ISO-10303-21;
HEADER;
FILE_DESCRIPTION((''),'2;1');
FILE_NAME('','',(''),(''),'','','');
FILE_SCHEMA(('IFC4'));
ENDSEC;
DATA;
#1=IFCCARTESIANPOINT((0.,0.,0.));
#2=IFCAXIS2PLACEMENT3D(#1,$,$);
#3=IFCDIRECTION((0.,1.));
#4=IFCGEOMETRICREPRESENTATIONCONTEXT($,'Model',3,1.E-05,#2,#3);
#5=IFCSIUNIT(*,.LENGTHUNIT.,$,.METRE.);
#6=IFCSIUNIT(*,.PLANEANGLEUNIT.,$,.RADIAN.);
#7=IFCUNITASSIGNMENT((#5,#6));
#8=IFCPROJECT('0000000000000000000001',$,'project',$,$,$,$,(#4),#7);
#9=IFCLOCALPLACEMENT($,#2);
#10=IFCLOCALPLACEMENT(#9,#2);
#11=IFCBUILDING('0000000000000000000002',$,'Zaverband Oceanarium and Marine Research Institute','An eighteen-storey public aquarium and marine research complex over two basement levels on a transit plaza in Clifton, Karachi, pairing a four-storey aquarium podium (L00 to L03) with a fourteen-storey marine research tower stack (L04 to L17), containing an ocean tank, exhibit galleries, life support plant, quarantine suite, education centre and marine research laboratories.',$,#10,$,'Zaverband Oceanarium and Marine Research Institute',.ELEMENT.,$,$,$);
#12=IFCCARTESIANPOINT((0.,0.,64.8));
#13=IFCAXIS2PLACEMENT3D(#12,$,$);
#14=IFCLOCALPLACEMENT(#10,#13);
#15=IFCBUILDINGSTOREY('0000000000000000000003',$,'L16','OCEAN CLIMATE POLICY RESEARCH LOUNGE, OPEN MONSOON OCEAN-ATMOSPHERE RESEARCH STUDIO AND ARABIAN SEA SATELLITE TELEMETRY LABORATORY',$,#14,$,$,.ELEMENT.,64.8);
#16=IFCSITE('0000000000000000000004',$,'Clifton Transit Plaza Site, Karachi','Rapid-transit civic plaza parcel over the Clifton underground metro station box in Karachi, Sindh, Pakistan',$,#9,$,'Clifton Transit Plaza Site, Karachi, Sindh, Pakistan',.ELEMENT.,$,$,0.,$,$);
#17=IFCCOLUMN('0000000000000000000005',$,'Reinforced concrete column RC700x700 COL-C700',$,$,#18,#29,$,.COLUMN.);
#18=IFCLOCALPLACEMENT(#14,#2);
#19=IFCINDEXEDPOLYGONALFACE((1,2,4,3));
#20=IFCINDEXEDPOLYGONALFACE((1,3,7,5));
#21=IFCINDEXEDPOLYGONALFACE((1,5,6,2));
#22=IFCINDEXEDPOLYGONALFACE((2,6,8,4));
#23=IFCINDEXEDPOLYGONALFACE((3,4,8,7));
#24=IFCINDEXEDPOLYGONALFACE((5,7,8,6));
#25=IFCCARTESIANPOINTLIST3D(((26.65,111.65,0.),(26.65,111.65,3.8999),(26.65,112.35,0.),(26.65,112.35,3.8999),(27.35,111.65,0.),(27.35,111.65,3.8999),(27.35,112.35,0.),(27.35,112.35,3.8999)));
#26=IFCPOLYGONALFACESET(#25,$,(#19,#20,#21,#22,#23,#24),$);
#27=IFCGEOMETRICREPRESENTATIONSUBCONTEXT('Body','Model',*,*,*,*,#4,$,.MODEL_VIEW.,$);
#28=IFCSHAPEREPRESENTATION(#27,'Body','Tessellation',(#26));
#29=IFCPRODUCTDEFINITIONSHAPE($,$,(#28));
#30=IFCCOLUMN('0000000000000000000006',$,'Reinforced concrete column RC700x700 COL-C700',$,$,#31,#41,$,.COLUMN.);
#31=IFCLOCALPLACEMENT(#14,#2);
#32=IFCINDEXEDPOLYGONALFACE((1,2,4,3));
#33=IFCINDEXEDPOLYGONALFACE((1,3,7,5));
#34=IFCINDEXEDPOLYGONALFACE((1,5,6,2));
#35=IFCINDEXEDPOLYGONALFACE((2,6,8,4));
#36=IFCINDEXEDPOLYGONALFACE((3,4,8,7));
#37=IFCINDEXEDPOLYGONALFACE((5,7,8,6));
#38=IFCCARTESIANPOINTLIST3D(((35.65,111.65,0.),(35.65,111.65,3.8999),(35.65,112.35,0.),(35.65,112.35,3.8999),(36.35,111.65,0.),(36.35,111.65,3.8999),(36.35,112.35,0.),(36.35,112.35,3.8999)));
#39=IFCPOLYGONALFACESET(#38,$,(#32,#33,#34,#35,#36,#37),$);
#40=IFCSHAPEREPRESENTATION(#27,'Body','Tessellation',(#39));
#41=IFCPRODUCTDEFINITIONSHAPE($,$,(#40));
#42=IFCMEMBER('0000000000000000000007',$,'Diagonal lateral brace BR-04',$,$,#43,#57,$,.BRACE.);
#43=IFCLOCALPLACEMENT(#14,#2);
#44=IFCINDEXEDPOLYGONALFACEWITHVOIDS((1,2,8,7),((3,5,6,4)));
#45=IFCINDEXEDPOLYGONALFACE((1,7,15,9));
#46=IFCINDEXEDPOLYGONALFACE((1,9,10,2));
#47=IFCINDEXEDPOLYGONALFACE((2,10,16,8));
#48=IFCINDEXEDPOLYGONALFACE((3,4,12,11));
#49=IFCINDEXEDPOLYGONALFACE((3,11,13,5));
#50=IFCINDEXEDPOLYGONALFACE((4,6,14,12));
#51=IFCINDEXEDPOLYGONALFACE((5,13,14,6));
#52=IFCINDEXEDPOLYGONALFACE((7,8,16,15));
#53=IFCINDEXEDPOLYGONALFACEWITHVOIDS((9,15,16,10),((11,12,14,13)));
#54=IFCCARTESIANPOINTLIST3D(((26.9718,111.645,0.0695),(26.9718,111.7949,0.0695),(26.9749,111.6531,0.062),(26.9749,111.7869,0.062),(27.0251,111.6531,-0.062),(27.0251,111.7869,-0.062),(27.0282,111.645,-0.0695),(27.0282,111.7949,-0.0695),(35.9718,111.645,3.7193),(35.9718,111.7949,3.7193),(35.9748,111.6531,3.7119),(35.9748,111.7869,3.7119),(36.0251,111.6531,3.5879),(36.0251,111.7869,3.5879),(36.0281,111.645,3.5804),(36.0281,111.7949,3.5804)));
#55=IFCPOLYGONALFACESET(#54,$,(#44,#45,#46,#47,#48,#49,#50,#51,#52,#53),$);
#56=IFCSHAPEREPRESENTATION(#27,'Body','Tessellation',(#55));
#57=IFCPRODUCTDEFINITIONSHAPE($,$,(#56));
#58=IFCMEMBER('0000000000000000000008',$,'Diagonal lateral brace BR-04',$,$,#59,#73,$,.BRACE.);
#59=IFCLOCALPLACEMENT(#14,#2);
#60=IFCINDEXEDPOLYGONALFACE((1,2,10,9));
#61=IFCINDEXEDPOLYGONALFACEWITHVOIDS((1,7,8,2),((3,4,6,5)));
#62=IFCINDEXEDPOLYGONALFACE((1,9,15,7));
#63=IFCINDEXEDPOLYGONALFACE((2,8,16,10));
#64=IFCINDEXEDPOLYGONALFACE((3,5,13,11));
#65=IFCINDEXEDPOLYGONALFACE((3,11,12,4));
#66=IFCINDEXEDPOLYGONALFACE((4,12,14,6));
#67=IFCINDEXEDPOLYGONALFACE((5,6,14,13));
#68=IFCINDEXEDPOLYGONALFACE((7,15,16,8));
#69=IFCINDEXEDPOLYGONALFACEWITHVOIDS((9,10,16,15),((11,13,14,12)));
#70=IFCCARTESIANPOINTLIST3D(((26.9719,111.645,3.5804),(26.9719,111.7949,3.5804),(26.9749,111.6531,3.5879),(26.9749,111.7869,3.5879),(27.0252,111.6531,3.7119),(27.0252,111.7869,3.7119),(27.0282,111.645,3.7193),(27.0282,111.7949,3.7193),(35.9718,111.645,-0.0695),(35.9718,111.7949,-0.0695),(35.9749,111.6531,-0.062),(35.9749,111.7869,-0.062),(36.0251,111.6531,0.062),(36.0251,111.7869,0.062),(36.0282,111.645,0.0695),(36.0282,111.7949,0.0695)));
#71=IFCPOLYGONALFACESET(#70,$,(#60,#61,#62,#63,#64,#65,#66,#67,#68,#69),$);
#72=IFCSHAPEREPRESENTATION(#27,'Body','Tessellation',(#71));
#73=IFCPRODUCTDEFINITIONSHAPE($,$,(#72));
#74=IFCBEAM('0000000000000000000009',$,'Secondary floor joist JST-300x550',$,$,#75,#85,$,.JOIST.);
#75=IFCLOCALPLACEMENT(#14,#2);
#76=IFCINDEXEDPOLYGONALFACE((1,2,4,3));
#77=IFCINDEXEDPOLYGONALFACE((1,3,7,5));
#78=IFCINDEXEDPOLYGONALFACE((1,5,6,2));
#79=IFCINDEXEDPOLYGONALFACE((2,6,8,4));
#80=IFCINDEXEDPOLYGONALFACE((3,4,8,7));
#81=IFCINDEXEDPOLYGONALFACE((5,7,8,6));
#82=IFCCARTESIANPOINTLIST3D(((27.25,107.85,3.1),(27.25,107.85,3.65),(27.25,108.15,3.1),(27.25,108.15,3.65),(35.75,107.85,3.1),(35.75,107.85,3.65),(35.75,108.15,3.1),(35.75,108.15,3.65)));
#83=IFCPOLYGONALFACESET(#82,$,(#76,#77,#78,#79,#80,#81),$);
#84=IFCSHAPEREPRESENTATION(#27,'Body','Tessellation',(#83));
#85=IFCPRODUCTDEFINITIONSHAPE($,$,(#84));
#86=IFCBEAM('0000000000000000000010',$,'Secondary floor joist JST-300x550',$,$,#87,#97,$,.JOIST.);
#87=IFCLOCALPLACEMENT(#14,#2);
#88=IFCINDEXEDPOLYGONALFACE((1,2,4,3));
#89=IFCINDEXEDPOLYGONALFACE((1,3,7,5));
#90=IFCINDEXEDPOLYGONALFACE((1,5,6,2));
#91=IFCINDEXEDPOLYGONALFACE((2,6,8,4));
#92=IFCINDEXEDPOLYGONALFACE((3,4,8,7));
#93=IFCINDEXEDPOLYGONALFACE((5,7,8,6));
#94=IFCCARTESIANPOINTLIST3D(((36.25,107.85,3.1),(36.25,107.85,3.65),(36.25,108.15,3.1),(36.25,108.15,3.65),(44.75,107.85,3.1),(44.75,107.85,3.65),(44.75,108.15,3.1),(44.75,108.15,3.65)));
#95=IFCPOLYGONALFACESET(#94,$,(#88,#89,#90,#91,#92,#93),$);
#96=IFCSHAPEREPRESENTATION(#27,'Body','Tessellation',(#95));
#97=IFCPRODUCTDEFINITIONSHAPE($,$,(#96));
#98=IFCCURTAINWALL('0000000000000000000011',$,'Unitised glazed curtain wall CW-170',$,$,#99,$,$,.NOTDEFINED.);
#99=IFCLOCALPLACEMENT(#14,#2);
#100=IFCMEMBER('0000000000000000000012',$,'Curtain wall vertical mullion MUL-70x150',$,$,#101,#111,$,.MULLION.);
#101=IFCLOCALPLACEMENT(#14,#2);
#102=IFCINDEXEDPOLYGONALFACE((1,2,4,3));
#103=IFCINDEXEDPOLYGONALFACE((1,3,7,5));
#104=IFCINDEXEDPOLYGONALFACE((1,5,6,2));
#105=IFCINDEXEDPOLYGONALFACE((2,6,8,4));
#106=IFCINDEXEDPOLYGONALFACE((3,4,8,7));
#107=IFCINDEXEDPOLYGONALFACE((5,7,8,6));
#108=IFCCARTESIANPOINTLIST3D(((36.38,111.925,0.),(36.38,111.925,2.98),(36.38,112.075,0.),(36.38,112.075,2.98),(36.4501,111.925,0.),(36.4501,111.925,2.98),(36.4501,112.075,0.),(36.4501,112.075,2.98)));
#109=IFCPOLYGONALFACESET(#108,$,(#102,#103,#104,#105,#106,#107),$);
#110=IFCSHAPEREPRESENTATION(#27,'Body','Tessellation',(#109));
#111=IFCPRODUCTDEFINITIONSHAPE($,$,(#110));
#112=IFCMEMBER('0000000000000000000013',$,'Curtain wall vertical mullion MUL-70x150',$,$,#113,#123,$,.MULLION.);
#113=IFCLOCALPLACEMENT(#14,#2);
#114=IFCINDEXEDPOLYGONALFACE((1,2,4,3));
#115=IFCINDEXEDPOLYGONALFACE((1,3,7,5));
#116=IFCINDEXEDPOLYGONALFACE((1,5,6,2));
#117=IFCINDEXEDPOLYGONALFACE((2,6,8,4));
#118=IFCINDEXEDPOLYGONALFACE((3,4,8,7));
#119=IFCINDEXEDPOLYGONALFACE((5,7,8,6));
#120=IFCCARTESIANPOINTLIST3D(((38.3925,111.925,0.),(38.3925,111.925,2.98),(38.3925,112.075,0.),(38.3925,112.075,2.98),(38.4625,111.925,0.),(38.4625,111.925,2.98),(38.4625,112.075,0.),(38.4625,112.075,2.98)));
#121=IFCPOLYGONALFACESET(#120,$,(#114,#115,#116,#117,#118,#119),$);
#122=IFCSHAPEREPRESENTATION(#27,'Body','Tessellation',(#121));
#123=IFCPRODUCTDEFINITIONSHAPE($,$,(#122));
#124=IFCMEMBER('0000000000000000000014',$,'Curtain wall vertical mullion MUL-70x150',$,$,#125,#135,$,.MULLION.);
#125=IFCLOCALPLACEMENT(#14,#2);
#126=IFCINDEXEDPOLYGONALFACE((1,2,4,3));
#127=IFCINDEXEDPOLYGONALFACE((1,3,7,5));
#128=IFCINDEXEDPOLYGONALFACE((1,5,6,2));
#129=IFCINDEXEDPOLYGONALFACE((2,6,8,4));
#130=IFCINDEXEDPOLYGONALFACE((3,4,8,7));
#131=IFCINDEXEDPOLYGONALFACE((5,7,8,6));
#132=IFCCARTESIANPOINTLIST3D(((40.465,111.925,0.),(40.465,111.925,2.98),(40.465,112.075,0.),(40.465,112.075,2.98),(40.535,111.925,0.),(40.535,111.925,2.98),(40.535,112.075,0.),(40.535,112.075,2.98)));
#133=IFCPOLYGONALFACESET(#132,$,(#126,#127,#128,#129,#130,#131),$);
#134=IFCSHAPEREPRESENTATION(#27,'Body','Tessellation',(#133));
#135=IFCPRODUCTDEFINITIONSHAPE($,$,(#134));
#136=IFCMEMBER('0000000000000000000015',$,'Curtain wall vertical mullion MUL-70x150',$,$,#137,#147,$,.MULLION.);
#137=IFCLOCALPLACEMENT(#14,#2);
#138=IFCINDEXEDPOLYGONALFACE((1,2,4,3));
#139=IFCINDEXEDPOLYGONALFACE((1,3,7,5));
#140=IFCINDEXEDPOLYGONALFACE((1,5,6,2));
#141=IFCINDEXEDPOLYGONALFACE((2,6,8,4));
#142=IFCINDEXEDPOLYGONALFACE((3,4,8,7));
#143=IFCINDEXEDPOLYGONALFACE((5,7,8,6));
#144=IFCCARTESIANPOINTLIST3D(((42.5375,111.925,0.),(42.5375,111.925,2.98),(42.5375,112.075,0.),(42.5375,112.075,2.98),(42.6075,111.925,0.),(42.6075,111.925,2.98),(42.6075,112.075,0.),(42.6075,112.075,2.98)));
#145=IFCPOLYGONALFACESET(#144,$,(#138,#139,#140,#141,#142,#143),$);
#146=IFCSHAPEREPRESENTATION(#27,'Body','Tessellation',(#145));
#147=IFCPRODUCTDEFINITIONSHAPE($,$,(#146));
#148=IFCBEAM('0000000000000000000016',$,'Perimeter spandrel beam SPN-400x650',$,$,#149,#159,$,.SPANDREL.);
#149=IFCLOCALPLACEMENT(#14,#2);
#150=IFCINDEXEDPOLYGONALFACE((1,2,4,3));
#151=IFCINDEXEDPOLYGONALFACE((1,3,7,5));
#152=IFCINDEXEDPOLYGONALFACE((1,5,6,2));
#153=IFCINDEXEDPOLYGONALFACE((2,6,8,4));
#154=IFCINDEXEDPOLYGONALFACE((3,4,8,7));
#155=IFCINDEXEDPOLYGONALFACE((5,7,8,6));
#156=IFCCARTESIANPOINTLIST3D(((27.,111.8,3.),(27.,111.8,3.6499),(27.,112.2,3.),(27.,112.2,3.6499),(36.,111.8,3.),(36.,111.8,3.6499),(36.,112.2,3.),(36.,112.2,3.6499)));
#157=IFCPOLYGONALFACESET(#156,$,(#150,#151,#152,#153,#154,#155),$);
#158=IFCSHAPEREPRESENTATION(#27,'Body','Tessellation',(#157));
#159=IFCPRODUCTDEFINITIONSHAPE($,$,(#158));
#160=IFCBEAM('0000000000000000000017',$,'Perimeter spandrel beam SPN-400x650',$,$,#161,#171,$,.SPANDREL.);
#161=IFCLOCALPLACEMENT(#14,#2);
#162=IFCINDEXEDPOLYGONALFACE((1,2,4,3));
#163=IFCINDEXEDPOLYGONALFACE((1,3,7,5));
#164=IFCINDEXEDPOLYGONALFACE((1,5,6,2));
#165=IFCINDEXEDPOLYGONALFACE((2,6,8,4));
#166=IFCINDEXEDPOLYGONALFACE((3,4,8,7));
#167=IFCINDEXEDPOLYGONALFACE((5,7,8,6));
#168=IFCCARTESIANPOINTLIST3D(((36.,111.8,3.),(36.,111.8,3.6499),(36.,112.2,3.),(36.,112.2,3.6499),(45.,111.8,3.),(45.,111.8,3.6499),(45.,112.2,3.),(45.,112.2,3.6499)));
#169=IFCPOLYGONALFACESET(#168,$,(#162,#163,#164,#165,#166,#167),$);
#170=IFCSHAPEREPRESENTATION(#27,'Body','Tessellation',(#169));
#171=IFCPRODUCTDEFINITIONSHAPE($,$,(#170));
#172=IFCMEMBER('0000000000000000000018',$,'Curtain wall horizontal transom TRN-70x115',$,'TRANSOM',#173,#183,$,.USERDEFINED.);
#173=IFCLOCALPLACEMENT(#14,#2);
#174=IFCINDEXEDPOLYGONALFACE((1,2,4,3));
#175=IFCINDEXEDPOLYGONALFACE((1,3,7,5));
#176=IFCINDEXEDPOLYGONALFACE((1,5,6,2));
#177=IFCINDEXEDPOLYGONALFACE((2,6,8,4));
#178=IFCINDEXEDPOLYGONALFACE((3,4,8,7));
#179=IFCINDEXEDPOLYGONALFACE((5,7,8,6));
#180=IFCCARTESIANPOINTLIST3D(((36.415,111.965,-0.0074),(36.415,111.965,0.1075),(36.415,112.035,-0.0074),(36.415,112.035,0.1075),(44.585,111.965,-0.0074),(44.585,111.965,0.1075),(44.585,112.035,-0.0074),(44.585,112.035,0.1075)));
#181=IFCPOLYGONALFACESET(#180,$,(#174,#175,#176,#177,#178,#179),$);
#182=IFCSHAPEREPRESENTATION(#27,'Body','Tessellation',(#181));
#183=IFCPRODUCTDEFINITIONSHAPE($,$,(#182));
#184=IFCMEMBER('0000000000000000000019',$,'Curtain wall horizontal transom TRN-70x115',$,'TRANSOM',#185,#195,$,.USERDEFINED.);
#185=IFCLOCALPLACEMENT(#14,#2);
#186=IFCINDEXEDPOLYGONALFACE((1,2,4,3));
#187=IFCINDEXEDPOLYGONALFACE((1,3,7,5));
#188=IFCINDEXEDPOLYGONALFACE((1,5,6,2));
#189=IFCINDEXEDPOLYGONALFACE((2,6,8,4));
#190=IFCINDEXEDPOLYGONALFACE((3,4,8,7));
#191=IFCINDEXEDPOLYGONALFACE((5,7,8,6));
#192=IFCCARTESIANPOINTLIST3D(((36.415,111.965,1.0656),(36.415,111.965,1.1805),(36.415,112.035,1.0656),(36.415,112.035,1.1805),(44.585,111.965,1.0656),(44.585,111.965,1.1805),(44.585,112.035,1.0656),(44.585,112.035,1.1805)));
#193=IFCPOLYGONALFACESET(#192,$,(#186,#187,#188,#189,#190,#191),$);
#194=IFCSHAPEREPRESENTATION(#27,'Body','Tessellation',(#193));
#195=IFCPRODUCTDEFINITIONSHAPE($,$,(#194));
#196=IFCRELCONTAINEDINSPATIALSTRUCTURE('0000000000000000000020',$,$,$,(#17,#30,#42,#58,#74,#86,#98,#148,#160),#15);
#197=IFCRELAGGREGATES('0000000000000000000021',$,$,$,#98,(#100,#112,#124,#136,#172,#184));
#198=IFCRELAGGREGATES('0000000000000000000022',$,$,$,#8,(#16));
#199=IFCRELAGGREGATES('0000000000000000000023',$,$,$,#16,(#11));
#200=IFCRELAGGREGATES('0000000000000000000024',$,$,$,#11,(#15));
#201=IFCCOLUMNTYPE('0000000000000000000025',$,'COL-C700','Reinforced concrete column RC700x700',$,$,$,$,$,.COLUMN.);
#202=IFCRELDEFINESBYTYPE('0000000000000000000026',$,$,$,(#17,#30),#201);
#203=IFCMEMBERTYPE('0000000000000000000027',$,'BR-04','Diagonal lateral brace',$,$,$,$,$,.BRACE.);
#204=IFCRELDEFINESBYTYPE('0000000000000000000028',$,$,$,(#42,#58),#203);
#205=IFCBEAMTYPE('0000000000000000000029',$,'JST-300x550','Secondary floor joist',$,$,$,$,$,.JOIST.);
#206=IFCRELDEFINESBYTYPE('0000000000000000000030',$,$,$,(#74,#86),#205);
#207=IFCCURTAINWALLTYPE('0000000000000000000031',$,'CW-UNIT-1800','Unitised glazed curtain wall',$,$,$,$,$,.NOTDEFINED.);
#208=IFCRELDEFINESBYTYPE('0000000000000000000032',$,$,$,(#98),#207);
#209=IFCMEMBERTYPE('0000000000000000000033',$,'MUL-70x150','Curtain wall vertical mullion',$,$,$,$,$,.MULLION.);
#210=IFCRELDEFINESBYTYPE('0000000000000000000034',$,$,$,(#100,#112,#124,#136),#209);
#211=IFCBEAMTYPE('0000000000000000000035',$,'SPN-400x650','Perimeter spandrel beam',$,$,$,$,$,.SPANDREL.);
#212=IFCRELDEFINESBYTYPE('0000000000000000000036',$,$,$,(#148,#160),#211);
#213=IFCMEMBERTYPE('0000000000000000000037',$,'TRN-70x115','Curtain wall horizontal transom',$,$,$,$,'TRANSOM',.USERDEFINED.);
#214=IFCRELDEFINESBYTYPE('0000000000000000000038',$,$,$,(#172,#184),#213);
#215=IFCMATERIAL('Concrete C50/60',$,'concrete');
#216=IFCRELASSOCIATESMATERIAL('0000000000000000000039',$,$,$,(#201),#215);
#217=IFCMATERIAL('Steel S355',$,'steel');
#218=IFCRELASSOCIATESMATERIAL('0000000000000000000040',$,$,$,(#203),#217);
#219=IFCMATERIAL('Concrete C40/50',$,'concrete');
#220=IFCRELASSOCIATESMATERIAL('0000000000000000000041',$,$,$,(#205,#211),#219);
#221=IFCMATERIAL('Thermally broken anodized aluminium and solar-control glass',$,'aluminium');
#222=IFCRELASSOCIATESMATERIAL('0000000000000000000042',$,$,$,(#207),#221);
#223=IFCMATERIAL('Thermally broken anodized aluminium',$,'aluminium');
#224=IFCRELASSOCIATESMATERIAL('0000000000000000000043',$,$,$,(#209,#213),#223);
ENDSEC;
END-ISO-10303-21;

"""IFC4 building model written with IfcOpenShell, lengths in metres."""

from ifc_helpers import new_model, si_unit, direction, frame, origin, origin_2d, place, context, subcontext, project, spatial, rectangle, hollow_rectangle, extrude, material, material_profile, profile_set, type_object, element, aggregate, save


model = new_model("IFC4")

# Units and contexts
model_context = context("Model", 3, precision=1e-05, world=origin(), true_north=direction((0.0, 1.0)))
body_context = subcontext(model_context, "Body", "Model", "MODEL_VIEW")
ifc_project = project(units=[si_unit("LENGTHUNIT", "METRE"), si_unit("PLANEANGLEUNIT", "RADIAN")], contexts=[model_context])

# Site, building, storey
site_placement = place(None, origin())
site = spatial("IfcSite", under=ifc_project, at=site_placement, Name="Clifton Transit Plaza Site, Karachi", Description="Rapid-transit civic plaza parcel over the Clifton underground metro station box in Karachi, Sindh, Pakistan", LongName="Clifton Transit Plaza Site, Karachi, Sindh, Pakistan", CompositionType="ELEMENT", RefElevation=0.0)
building_placement = place(site_placement, origin())
building = spatial("IfcBuilding", under=site, at=building_placement, Name="Zaverband Oceanarium and Marine Research Institute", Description="An eighteen-storey public aquarium and marine research complex over two basement levels on a transit plaza in Clifton, Karachi, pairing a four-storey aquarium podium (L00 to L03) with a fourteen-storey marine research tower stack (L04 to L17), containing an ocean tank, exhibit galleries, life support plant, quarantine suite, education centre and marine research laboratories.", LongName="Zaverband Oceanarium and Marine Research Institute", CompositionType="ELEMENT")
storey_placement = place(building_placement, frame((0.0, 0.0, 64.8)))
storey = spatial("IfcBuildingStorey", under=building, at=storey_placement, Name="L16", Description="OCEAN CLIMATE POLICY RESEARCH LOUNGE, OPEN MONSOON OCEAN-ATMOSPHERE RESEARCH STUDIO AND ARABIAN SEA SATELLITE TELEMETRY LABORATORY", CompositionType="ELEMENT", Elevation=64.8)

# Columns
ifc_material_1 = material(Name="Concrete C50/60", Category="concrete")
ifc_material_profile_1 = material_profile(ifc_material_1, rectangle(XDim=0.7, YDim=0.7, at=origin_2d()), Name="RC700x700")
ifc_profile_set_1 = profile_set([ifc_material_profile_1], Name="Concrete C50/60")
column_type = type_object("IfcColumnType", Name="COL-C700", Description="Reinforced concrete column RC700x700", PredefinedType="COLUMN", material=ifc_profile_set_1)
for number, where, z_axis, x_axis, name in (
    (1, (27.0, 112.0, 0.0), (0.0, 0.0, 1.0), (1.0, 0.0, 0.0), "Reinforced concrete column RC700x700 COL-C700"),
    (2, (36.0, 112.0, 0.0), (0.0, 0.0, 1.0), (1.0, 0.0, 0.0), "Reinforced concrete column RC700x700 COL-C700"),
):
    element("IfcColumn", number, at=place(storey_placement, frame(where, z_axis=z_axis, x_axis=x_axis)), inside=storey, type_object=column_type, Name=name, PredefinedType="COLUMN", context=body_context, shape_type="SweptSolid", body=[
        extrude(rectangle(XDim=0.7, YDim=0.7, at=origin_2d()), origin(), (0.0, 0.0, 1.0), 3.8999),
    ])

# Members
ifc_material_2 = material(Name="Steel S355", Category="steel")
ifc_material_profile_2 = material_profile(ifc_material_2, hollow_rectangle(XDim=0.1499, YDim=0.1499, WallThickness=0.0081, at=origin_2d()), Name="SHS150x150x8")
ifc_profile_set_2 = profile_set([ifc_material_profile_2], Name="Steel S355")
member_type_1 = type_object("IfcMemberType", Name="BR-04", Description="Diagonal lateral brace", PredefinedType="BRACE", material=ifc_profile_set_2)
for number, where, z_axis, x_axis, name in (
    (3, (27.0, 111.72, 0.0), (0.926694, 0.0, 0.375816), (0.0, 1.0, 0.0), "Diagonal lateral brace BR-04"),
    (4, (36.0, 111.72, 0.0), (-0.926694, 0.0, 0.375816), (0.0, -1.0, 0.0), "Diagonal lateral brace BR-04"),
):
    element("IfcMember", number, at=place(storey_placement, frame(where, z_axis=z_axis, x_axis=x_axis)), inside=storey, type_object=member_type_1, Name=name, PredefinedType="BRACE", context=body_context, shape_type="SweptSolid", body=[
        extrude(hollow_rectangle(XDim=0.1499, YDim=0.1499, WallThickness=0.0081, at=origin_2d()), origin(), (0.0, 0.0, 1.0), 9.7119),
    ])

# Beams
ifc_material_3 = material(Name="Concrete C40/50", Category="concrete")
ifc_material_profile_3 = material_profile(ifc_material_3, rectangle(XDim=0.3, YDim=0.55, at=origin_2d()), Name="RC300x550")
ifc_profile_set_3 = profile_set([ifc_material_profile_3], Name="Concrete C40/50")
beam_type_1 = type_object("IfcBeamType", Name="JST-300x550", Description="Secondary floor joist", PredefinedType="JOIST", material=ifc_profile_set_3)
for number, where, z_axis, x_axis, name in (
    (5, (27.25, 108.0, 3.375), (1.0, 0.0, 0.0), (0.0, 1.0, 0.0), "Secondary floor joist JST-300x550"),
    (6, (36.25, 108.0, 3.375), (1.0, 0.0, 0.0), (0.0, 1.0, 0.0), "Secondary floor joist JST-300x550"),
):
    element("IfcBeam", number, at=place(storey_placement, frame(where, z_axis=z_axis, x_axis=x_axis)), inside=storey, type_object=beam_type_1, Name=name, PredefinedType="JOIST", context=body_context, shape_type="SweptSolid", body=[
        extrude(rectangle(XDim=0.3, YDim=0.55, at=origin_2d()), origin(), (0.0, 0.0, 1.0), 8.5),
    ])

# Curtain wall, members
ifc_material_4 = material(Name="Thermally broken anodized aluminium and solar-control glass", Category="aluminium")
curtain_wall_type = type_object("IfcCurtainWallType", Name="CW-UNIT-1800", Description="Unitised glazed curtain wall", PredefinedType="NOTDEFINED", material=ifc_material_4)
curtain_wall_placement = place(storey_placement, origin())
curtain_wall = element("IfcCurtainWall", 7, at=curtain_wall_placement, inside=storey, type_object=curtain_wall_type, Name="Unitised glazed curtain wall CW-170", PredefinedType="NOTDEFINED")
ifc_material_5 = material(Name="Thermally broken anodized aluminium", Category="aluminium")
ifc_material_profile_4 = material_profile(ifc_material_5, rectangle(XDim=0.0701, YDim=0.1499, at=origin_2d()), Name="AL-MUL-70x150")
ifc_profile_set_4 = profile_set([ifc_material_profile_4], Name="Thermally broken anodized aluminium")
member_type_2 = type_object("IfcMemberType", Name="MUL-70x150", Description="Curtain wall vertical mullion", PredefinedType="MULLION", material=ifc_profile_set_4)
member_1_placement = place(storey_placement, frame((36.415, 112.0, 0.0), z_axis=(0.0, 0.0, 1.0), x_axis=(1.0, 0.0, 0.0)))
member_1 = element("IfcMember", 8, at=member_1_placement, type_object=member_type_2, Name="Curtain wall vertical mullion MUL-70x150", PredefinedType="MULLION", context=body_context, shape_type="SweptSolid", body=[
    extrude(rectangle(XDim=0.0701, YDim=0.1499, at=origin_2d()), origin(), (0.0, 0.0, 1.0), 2.98),
])
member_2_placement = place(storey_placement, frame((38.4275, 112.0, 0.0), z_axis=(0.0, 0.0, 1.0), x_axis=(1.0, 0.0, 0.0)))
member_2 = element("IfcMember", 9, at=member_2_placement, type_object=member_type_2, Name="Curtain wall vertical mullion MUL-70x150", PredefinedType="MULLION", context=body_context, shape_type="SweptSolid", body=[
    extrude(rectangle(XDim=0.0701, YDim=0.1499, at=origin_2d()), origin(), (0.0, 0.0, 1.0), 2.98),
])
member_3_placement = place(storey_placement, frame((40.5, 112.0, 0.0), z_axis=(0.0, 0.0, 1.0), x_axis=(1.0, 0.0, 0.0)))
member_3 = element("IfcMember", 10, at=member_3_placement, type_object=member_type_2, Name="Curtain wall vertical mullion MUL-70x150", PredefinedType="MULLION", context=body_context, shape_type="SweptSolid", body=[
    extrude(rectangle(XDim=0.0701, YDim=0.1499, at=origin_2d()), origin(), (0.0, 0.0, 1.0), 2.98),
])
member_4_placement = place(storey_placement, frame((42.5725, 112.0, 0.0), z_axis=(0.0, 0.0, 1.0), x_axis=(1.0, 0.0, 0.0)))
member_4 = element("IfcMember", 11, at=member_4_placement, type_object=member_type_2, Name="Curtain wall vertical mullion MUL-70x150", PredefinedType="MULLION", context=body_context, shape_type="SweptSolid", body=[
    extrude(rectangle(XDim=0.0701, YDim=0.1499, at=origin_2d()), origin(), (0.0, 0.0, 1.0), 2.98),
])

# Beams
ifc_material_profile_5 = material_profile(ifc_material_3, rectangle(XDim=0.3999, YDim=0.6499, at=origin_2d()), Name="RC400x650")
ifc_profile_set_5 = profile_set([ifc_material_profile_5], Name="Concrete C40/50")
beam_type_2 = type_object("IfcBeamType", Name="SPN-400x650", Description="Perimeter spandrel beam", PredefinedType="SPANDREL", material=ifc_profile_set_5)
for number, where, z_axis, x_axis, name in (
    (12, (27.0, 112.0, 3.325), (1.0, 0.0, 0.0), (0.0, 1.0, 0.0), "Perimeter spandrel beam SPN-400x650"),
    (13, (36.0, 112.0, 3.325), (1.0, 0.0, 0.0), (0.0, 1.0, 0.0), "Perimeter spandrel beam SPN-400x650"),
):
    element("IfcBeam", number, at=place(storey_placement, frame(where, z_axis=z_axis, x_axis=x_axis)), inside=storey, type_object=beam_type_2, Name=name, PredefinedType="SPANDREL", context=body_context, shape_type="SweptSolid", body=[
        extrude(rectangle(XDim=0.3999, YDim=0.6499, at=origin_2d()), origin(), (0.0, 0.0, 1.0), 9.0),
    ])

# Members
ifc_material_profile_6 = material_profile(ifc_material_5, rectangle(XDim=0.0701, YDim=0.115, at=origin_2d()), Name="AL-TRN-70x115")
ifc_profile_set_6 = profile_set([ifc_material_profile_6], Name="Thermally broken anodized aluminium")
member_type_3 = type_object("IfcMemberType", Name="TRN-70x115", Description="Curtain wall horizontal transom", ElementType="TRANSOM", PredefinedType="USERDEFINED", material=ifc_profile_set_6)
member_5_placement = place(storey_placement, frame((36.415, 112.0, 0.05), z_axis=(1.0, 0.0, 0.0), x_axis=(0.0, 1.0, 0.0)))
member_5 = element("IfcMember", 14, at=member_5_placement, type_object=member_type_3, Name="Curtain wall horizontal transom TRN-70x115", ObjectType="TRANSOM", PredefinedType="USERDEFINED", context=body_context, shape_type="SweptSolid", body=[
    extrude(rectangle(XDim=0.0701, YDim=0.115, at=origin_2d()), origin(), (0.0, 0.0, 1.0), 8.1699),
])
member_6_placement = place(storey_placement, frame((36.415, 112.0, 1.123), z_axis=(1.0, 0.0, 0.0), x_axis=(0.0, 1.0, 0.0)))
member_6 = element("IfcMember", 15, at=member_6_placement, type_object=member_type_3, Name="Curtain wall horizontal transom TRN-70x115", ObjectType="TRANSOM", PredefinedType="USERDEFINED", context=body_context, shape_type="SweptSolid", body=[
    extrude(rectangle(XDim=0.0701, YDim=0.115, at=origin_2d()), origin(), (0.0, 0.0, 1.0), 8.1699),
])

aggregate(curtain_wall, [member_1, member_2, member_3, member_4, member_5, member_6])

save(model, "model.ifc")
